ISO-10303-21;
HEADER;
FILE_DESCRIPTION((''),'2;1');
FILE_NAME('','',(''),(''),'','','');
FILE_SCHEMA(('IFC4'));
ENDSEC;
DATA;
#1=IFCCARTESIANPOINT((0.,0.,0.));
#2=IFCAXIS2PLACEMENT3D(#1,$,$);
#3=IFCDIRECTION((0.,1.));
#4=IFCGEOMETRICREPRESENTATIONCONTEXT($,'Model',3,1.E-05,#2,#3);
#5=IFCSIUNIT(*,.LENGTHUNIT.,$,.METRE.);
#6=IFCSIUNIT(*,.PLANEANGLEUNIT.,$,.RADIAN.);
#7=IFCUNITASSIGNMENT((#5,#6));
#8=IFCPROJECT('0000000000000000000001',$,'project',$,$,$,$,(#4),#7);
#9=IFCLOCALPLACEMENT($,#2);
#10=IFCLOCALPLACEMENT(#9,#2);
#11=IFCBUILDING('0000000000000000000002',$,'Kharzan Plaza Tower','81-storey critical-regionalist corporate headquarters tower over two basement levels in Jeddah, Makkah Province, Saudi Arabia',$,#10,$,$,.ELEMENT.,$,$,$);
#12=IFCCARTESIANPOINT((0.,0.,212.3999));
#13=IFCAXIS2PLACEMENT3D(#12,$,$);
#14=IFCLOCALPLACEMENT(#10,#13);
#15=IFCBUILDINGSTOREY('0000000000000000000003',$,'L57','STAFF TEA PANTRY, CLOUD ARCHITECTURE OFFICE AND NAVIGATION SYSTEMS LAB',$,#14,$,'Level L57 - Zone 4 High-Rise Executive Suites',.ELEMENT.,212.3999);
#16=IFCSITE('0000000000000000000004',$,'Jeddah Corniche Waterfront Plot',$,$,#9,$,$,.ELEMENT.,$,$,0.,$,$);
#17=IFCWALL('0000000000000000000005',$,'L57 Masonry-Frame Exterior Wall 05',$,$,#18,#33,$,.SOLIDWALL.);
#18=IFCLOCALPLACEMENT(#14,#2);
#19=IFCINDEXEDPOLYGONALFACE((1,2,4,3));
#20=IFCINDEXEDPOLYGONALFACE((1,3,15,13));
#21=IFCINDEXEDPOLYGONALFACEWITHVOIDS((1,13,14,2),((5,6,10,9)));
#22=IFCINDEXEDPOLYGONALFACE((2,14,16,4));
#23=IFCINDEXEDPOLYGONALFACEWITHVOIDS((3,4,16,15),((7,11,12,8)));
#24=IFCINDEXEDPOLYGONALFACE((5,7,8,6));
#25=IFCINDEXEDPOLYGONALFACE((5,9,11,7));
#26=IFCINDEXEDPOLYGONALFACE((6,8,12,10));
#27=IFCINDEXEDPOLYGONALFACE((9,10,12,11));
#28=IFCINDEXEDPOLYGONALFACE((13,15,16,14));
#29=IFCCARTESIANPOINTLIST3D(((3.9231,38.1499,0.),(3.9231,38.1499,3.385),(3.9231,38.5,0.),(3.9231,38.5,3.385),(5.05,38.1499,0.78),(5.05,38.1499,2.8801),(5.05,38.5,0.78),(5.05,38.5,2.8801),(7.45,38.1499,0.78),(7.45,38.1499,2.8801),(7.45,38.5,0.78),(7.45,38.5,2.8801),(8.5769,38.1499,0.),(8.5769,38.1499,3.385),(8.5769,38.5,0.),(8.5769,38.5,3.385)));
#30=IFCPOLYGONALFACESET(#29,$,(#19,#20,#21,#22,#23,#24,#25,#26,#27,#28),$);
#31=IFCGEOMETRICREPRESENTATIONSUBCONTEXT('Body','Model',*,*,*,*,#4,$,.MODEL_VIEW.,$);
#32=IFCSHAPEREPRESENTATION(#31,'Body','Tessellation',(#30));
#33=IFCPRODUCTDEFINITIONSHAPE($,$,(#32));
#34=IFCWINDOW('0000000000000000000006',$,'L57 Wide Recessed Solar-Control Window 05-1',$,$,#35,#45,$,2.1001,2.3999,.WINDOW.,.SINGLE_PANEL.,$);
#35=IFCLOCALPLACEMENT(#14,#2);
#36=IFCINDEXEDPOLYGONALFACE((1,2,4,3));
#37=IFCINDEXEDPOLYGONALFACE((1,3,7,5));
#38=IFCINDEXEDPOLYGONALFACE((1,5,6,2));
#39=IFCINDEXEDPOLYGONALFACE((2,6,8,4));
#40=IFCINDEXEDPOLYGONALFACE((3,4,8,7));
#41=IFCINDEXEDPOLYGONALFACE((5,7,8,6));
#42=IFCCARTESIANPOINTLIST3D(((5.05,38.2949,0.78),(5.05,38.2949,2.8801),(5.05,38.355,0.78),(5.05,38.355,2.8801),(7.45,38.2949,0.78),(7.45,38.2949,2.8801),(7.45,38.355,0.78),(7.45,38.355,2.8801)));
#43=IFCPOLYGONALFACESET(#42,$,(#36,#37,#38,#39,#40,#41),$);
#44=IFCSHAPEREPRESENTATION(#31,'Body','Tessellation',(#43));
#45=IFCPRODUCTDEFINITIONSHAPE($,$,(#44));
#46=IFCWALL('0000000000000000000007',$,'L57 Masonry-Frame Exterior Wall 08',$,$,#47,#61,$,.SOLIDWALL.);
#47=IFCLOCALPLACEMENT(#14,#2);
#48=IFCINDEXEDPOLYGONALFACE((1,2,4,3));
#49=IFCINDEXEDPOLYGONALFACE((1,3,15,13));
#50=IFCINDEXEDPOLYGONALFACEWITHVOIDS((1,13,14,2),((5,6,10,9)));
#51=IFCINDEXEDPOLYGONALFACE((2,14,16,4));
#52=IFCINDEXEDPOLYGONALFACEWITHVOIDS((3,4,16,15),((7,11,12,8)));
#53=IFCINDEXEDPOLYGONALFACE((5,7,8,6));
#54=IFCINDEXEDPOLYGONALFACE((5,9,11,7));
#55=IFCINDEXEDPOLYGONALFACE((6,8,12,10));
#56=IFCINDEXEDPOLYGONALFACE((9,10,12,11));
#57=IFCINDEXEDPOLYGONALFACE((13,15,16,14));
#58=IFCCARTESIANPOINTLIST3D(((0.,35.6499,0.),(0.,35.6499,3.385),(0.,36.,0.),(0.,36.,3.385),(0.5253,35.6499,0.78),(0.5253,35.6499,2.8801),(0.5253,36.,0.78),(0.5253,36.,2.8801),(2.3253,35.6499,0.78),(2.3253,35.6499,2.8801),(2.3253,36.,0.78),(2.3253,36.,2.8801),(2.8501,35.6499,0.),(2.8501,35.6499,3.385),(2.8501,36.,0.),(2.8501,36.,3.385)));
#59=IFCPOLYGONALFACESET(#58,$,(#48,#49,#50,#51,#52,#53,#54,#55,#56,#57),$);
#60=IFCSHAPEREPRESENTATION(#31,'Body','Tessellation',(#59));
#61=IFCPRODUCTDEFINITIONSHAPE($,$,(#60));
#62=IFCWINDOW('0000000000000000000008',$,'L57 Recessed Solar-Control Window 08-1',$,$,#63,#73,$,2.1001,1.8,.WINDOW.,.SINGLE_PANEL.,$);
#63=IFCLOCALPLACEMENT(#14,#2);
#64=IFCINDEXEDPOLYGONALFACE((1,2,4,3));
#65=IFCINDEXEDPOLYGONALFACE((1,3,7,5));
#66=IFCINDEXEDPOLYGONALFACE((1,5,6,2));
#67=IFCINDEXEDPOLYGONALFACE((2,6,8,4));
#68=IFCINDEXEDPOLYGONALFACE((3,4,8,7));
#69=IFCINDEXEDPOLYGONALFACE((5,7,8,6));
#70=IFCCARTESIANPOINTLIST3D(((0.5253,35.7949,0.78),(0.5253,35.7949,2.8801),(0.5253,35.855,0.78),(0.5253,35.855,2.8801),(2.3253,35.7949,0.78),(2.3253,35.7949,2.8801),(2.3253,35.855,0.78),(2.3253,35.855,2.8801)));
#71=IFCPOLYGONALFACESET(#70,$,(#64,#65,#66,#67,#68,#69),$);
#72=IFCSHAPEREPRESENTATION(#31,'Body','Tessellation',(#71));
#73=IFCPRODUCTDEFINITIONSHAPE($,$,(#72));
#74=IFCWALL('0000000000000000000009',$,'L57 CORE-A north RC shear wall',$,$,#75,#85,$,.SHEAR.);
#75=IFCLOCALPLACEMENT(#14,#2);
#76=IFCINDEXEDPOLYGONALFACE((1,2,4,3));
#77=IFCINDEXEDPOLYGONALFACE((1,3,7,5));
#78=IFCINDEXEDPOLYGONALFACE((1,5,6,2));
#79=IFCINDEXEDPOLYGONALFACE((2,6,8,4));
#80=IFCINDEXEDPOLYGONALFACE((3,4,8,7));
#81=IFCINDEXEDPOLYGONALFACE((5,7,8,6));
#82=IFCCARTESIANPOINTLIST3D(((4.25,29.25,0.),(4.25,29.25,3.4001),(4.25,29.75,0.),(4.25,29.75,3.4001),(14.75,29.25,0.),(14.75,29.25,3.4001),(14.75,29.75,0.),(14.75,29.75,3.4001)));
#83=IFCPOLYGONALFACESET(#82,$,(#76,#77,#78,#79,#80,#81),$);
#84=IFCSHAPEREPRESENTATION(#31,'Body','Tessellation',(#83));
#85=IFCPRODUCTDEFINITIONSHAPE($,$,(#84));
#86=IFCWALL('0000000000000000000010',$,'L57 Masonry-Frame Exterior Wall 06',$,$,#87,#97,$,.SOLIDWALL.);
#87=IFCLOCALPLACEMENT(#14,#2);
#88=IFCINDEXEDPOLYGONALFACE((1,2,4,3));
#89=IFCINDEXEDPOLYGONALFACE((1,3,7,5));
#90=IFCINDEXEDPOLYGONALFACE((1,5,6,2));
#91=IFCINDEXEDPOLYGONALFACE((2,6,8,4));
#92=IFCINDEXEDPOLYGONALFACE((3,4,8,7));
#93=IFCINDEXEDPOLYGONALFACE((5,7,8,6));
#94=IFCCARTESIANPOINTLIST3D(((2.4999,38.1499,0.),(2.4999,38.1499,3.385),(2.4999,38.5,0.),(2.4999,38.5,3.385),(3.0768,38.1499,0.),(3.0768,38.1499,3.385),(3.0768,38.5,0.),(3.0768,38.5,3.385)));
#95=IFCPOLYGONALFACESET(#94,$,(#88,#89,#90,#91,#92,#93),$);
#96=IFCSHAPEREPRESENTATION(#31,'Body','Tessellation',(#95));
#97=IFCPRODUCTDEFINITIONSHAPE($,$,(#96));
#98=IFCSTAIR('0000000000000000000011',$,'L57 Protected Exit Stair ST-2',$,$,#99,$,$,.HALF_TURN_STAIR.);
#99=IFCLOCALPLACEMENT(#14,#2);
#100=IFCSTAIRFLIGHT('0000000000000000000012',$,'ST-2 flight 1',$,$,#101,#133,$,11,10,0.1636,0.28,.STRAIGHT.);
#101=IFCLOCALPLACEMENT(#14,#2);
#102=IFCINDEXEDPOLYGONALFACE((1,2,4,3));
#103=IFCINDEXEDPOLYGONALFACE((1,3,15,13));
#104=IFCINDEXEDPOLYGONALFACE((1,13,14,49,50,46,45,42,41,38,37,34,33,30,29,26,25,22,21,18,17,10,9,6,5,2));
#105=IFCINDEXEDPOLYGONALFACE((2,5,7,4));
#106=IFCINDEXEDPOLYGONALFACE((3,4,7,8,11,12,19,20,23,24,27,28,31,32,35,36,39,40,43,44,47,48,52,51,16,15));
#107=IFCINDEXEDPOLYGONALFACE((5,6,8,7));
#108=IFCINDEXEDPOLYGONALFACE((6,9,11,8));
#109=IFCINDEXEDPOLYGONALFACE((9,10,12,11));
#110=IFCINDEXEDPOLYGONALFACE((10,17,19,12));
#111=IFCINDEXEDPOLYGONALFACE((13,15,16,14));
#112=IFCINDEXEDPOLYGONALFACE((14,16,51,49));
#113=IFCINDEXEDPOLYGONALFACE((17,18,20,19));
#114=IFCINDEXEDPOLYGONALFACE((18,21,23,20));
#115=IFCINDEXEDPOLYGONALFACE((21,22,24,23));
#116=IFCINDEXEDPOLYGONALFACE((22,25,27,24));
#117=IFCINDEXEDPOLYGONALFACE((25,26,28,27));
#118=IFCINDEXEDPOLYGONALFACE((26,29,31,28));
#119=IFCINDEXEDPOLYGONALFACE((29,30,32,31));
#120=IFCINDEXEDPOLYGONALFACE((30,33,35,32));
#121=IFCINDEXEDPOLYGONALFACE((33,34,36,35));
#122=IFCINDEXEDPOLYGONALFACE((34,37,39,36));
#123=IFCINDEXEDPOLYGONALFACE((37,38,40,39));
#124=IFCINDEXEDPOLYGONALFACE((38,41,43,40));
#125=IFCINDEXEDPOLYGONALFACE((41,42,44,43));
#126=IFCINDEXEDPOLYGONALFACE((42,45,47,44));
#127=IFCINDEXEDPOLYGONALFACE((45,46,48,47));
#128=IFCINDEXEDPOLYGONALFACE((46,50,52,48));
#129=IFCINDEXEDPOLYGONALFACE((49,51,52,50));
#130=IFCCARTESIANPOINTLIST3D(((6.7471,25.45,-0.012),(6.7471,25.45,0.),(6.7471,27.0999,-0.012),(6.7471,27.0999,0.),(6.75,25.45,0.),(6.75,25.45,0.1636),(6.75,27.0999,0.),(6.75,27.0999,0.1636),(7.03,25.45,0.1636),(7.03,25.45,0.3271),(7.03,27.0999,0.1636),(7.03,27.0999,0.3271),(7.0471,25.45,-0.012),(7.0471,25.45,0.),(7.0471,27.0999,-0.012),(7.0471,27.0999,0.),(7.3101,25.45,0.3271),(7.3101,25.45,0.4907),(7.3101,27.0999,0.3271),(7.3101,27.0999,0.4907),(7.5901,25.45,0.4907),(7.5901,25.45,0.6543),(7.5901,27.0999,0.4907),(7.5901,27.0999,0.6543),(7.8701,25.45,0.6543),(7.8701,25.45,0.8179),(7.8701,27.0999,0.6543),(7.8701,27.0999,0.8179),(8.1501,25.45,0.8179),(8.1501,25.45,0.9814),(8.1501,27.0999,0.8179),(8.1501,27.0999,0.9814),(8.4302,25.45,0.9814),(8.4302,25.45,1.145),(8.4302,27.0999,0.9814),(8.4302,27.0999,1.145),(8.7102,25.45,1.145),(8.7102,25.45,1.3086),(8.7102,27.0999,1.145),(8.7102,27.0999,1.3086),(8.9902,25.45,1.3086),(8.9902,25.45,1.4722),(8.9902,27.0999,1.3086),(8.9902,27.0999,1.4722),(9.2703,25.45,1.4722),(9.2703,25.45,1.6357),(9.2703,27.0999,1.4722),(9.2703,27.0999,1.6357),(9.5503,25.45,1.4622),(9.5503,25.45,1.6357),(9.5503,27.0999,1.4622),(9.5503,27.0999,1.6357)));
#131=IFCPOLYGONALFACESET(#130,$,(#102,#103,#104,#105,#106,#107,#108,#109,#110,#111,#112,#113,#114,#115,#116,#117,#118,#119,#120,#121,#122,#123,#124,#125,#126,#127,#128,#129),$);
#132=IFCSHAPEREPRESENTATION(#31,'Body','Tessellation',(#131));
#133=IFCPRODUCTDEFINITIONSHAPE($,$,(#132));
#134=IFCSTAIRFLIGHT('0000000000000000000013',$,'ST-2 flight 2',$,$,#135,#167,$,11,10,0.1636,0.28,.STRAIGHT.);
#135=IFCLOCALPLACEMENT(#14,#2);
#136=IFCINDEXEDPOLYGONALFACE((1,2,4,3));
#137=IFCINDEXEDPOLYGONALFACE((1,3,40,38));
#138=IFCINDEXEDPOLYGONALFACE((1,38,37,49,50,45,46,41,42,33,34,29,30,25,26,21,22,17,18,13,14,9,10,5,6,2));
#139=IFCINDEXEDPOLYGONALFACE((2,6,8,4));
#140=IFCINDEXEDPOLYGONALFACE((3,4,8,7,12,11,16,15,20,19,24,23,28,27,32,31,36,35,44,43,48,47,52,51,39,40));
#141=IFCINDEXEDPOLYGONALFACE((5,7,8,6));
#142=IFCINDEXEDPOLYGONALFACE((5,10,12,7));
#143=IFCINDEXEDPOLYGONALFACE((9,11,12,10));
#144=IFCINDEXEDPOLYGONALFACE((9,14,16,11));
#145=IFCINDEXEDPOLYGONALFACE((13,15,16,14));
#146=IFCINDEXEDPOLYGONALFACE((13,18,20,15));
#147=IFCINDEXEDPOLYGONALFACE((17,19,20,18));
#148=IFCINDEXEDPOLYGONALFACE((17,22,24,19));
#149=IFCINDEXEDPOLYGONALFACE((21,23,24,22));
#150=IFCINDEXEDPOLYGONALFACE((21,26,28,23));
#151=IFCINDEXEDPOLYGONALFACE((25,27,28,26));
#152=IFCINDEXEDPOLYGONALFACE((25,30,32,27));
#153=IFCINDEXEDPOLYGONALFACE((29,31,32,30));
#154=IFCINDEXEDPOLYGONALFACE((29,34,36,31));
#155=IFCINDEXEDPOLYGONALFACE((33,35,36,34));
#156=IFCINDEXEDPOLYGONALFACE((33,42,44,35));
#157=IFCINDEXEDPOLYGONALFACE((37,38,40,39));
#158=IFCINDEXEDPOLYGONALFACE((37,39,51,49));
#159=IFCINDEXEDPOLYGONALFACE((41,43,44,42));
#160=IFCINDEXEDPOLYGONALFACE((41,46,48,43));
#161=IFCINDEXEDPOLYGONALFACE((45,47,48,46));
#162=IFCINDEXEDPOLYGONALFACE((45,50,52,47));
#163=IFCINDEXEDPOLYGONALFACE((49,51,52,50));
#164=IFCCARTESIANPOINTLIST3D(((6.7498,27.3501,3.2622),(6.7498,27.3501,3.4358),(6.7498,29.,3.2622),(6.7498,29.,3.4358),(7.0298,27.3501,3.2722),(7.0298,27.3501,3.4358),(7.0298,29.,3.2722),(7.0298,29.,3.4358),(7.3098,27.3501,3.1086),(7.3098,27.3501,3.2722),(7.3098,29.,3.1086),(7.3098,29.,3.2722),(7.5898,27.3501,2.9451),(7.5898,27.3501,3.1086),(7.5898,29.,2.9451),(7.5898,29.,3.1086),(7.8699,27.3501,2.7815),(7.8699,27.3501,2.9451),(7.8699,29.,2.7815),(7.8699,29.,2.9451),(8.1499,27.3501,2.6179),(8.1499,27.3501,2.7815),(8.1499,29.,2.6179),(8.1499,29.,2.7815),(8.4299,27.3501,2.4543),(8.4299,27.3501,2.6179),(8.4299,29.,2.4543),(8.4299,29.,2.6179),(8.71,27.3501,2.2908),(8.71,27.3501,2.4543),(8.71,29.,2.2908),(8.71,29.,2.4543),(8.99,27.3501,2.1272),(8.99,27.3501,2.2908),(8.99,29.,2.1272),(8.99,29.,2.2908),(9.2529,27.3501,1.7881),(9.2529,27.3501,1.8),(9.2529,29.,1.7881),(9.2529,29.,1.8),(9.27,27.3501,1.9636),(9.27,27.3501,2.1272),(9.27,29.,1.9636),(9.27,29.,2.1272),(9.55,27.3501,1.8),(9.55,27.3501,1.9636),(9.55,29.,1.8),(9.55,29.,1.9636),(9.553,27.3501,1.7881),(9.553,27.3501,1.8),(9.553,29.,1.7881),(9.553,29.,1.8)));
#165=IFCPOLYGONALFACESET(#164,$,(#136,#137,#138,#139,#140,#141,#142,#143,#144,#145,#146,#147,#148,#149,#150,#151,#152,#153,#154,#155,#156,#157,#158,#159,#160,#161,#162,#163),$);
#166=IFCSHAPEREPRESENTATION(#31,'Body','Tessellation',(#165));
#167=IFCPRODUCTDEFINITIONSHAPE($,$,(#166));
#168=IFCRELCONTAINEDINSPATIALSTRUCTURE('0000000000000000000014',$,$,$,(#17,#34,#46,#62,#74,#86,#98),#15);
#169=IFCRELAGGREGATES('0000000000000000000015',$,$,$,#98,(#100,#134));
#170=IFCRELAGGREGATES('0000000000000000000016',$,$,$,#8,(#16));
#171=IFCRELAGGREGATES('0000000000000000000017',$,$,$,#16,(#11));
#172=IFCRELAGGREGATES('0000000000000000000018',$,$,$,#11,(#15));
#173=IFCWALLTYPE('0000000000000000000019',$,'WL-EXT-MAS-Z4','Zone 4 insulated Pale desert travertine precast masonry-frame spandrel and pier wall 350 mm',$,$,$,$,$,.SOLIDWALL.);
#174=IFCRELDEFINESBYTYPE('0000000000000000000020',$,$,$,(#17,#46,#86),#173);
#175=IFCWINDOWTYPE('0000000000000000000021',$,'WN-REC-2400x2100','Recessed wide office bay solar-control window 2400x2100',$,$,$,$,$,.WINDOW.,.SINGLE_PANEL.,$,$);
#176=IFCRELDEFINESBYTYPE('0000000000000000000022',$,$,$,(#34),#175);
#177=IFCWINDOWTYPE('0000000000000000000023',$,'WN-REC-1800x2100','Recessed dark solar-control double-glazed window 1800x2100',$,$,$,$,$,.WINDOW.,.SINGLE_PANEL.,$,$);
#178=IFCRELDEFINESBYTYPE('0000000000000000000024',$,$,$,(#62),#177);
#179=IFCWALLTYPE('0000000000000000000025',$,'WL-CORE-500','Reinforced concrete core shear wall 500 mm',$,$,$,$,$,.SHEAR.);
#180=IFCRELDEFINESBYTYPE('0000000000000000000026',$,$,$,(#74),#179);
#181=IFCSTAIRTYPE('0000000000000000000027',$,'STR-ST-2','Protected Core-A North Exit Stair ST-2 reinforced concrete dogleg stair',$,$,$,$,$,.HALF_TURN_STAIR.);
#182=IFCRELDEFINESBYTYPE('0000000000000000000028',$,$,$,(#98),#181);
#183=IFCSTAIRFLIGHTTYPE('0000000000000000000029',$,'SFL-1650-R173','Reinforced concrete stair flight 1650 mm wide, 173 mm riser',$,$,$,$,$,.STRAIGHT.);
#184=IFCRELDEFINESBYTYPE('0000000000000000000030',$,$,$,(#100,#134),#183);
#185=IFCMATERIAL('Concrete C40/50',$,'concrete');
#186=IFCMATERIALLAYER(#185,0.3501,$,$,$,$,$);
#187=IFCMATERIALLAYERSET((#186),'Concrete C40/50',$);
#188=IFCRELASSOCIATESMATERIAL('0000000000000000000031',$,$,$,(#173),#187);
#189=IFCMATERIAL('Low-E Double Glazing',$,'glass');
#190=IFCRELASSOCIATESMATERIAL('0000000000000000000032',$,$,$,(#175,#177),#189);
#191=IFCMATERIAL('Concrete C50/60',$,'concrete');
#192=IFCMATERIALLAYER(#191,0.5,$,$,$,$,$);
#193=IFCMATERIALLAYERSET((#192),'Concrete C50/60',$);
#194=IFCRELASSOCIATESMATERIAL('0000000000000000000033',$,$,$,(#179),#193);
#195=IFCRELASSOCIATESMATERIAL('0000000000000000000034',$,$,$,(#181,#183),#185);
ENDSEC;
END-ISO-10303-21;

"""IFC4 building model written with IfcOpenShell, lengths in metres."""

from ifc_helpers import new_model, si_unit, direction, frame, frame_2d, origin, place, context, subcontext, project, spatial, polyline, rectangle, outline, extrude, source, transform, mapped, material, layer, layer_set, type_object, element, fill, aggregate, save


model = new_model("IFC4")

# Units and contexts
model_context = context("Model", 3, precision=1e-05, world=origin(), true_north=direction((0.0, 1.0)))
body_context = subcontext(model_context, "Body", "Model", "MODEL_VIEW")
ifc_project = project(units=[si_unit("LENGTHUNIT", "METRE"), si_unit("PLANEANGLEUNIT", "RADIAN")], contexts=[model_context])

# Site, building, storey
site_placement = place(None, origin())
site = spatial("IfcSite", under=ifc_project, at=site_placement, Name="Jeddah Corniche Waterfront Plot", CompositionType="ELEMENT", RefElevation=0.0)
building_placement = place(site_placement, origin())
building = spatial("IfcBuilding", under=site, at=building_placement, Name="Kharzan Plaza Tower", Description="81-storey critical-regionalist corporate headquarters tower over two basement levels in Jeddah, Makkah Province, Saudi Arabia", CompositionType="ELEMENT")
storey_placement = place(building_placement, frame((0.0, 0.0, 212.3999)))
storey = spatial("IfcBuildingStorey", under=building, at=storey_placement, Name="L57", Description="STAFF TEA PANTRY, CLOUD ARCHITECTURE OFFICE AND NAVIGATION SYSTEMS LAB", LongName="Level L57 - Zone 4 High-Rise Executive Suites", CompositionType="ELEMENT", Elevation=212.3999)

# Shared definitions
ifc_material_1 = material(Name="Concrete C50/60", Category="concrete")

# Shared definitions
ifc_material_2 = material(Name="Concrete C40/50", Category="concrete")
ifc_layer_1 = layer(ifc_material_2, 0.3501)
ifc_layer_set_1 = layer_set([ifc_layer_1], Name="Concrete C40/50")
wall_type_1 = type_object("IfcWallType", Name="WL-EXT-MAS-Z4", Description="Zone 4 insulated Pale desert travertine precast masonry-frame spandrel and pier wall 350 mm", PredefinedType="SOLIDWALL", material=ifc_layer_set_1)

# Walls, openings, windows
wall_1_placement = place(storey_placement, frame((8.5769, 38.325, 0.0), z_axis=(0.0, 0.0, 1.0), x_axis=(-1.0, 0.0, 0.0)))
wall_1 = element("IfcWall", 1, at=wall_1_placement, inside=storey, type_object=wall_type_1, Name="L57 Masonry-Frame Exterior Wall 05", PredefinedType="SOLIDWALL", context=body_context, shape_type="SweptSolid", body=[
    extrude(rectangle(XDim=4.6538, YDim=0.3501, at=frame_2d((2.3269, 0.0))), origin(), (0.0, 0.0, 1.0), 3.385),
])
opening_1_placement = place(wall_1_placement, frame((1.127, 0.0, 0.78)))
opening_1 = element("IfcOpeningElement", 2, at=opening_1_placement, cuts=wall_1, PredefinedType="OPENING", context=body_context, shape_type="SweptSolid", body=[
    extrude(rectangle(XDim=2.3999, YDim=2.1001, at=frame_2d((1.2, 1.05))), frame((0.0, 0.1851, 0.0), z_axis=(0.0, -1.0, 0.0), x_axis=(1.0, 0.0, 0.0)), (0.0, 0.0, 1.0), 0.3701),
])
ifc_material_3 = material(Name="Low-E Double Glazing", Category="glass")
window_type_1 = type_object("IfcWindowType", Name="WN-REC-2400x2100", Description="Recessed wide office bay solar-control window 2400x2100", PartitioningType="SINGLE_PANEL", PredefinedType="WINDOW", material=ifc_material_3)
shared_shape_1 = source(origin(), body_context, "Body", "SweptSolid", [
    extrude(rectangle(XDim=2.3999, YDim=2.1001, at=frame_2d((1.2, 1.05))), frame((0.0, 0.03, 0.0), z_axis=(0.0, -1.0, 0.0), x_axis=(1.0, 0.0, 0.0)), (0.0, 0.0, 1.0), 0.0601),
])
window_1_placement = place(opening_1_placement, origin())
window_1 = element("IfcWindow", 3, at=window_1_placement, inside=storey, type_object=window_type_1, Name="L57 Wide Recessed Solar-Control Window 05-1", OverallHeight=2.1001, OverallWidth=2.3999, PartitioningType="SINGLE_PANEL", PredefinedType="WINDOW", context=body_context, shape_type="MappedRepresentation", body=[
    mapped(shared_shape_1, transform((0.0, 0.0, 0.0), x_axis=(1.0, 0.0, 0.0), y_axis=(0.0, 1.0, 0.0), z_axis=(0.0, 0.0, 1.0))),
])
fill(opening_1, window_1)
wall_2_placement = place(storey_placement, frame((2.8501, 35.825, 0.0), z_axis=(0.0, 0.0, 1.0), x_axis=(-1.0, 0.0, 0.0)))
wall_2 = element("IfcWall", 4, at=wall_2_placement, inside=storey, type_object=wall_type_1, Name="L57 Masonry-Frame Exterior Wall 08", PredefinedType="SOLIDWALL", context=body_context, shape_type="SweptSolid", body=[
    extrude(rectangle(XDim=2.8501, YDim=0.3501, at=frame_2d((1.425, 0.0))), origin(), (0.0, 0.0, 1.0), 3.385),
])
opening_2_placement = place(wall_2_placement, frame((0.5249, 0.0, 0.78)))
opening_2 = element("IfcOpeningElement", 5, at=opening_2_placement, cuts=wall_2, PredefinedType="OPENING", context=body_context, shape_type="SweptSolid", body=[
    extrude(rectangle(XDim=1.8, YDim=2.1001, at=frame_2d((0.8999, 1.05))), frame((0.0, 0.1851, 0.0), z_axis=(0.0, -1.0, 0.0), x_axis=(1.0, 0.0, 0.0)), (0.0, 0.0, 1.0), 0.3701),
])
window_type_2 = type_object("IfcWindowType", Name="WN-REC-1800x2100", Description="Recessed dark solar-control double-glazed window 1800x2100", PartitioningType="SINGLE_PANEL", PredefinedType="WINDOW", material=ifc_material_3)
shared_shape_2 = source(origin(), body_context, "Body", "SweptSolid", [
    extrude(rectangle(XDim=1.8, YDim=2.1001, at=frame_2d((0.8999, 1.05))), frame((0.0, 0.03, 0.0), z_axis=(0.0, -1.0, 0.0), x_axis=(1.0, 0.0, 0.0)), (0.0, 0.0, 1.0), 0.0601),
])
window_2_placement = place(opening_2_placement, origin())
window_2 = element("IfcWindow", 6, at=window_2_placement, inside=storey, type_object=window_type_2, Name="L57 Recessed Solar-Control Window 08-1", OverallHeight=2.1001, OverallWidth=1.8, PartitioningType="SINGLE_PANEL", PredefinedType="WINDOW", context=body_context, shape_type="MappedRepresentation", body=[
    mapped(shared_shape_2, transform((0.0, 0.0, 0.0), x_axis=(1.0, 0.0, 0.0), y_axis=(0.0, 1.0, 0.0), z_axis=(0.0, 0.0, 1.0))),
])
fill(opening_2, window_2)

# Walls
ifc_layer_2 = layer(ifc_material_1, 0.5)
ifc_layer_set_2 = layer_set([ifc_layer_2], Name="Concrete C50/60")
wall_type_2 = type_object("IfcWallType", Name="WL-CORE-500", Description="Reinforced concrete core shear wall 500 mm", PredefinedType="SHEAR", material=ifc_layer_set_2)
shared_shape_3 = source(origin(), body_context, "Body", "SweptSolid", [
    extrude(rectangle(XDim=10.5, YDim=0.5, at=frame_2d((5.25, 0.0))), origin(), (0.0, 0.0, 1.0), 3.4001),
])
wall_3_placement = place(storey_placement, frame((4.25, 29.5, 0.0), z_axis=(0.0, 0.0, 1.0), x_axis=(1.0, 0.0, 0.0)))
element("IfcWall", 7, at=wall_3_placement, inside=storey, type_object=wall_type_2, Name="L57 CORE-A north RC shear wall", PredefinedType="SHEAR", context=body_context, shape_type="MappedRepresentation", body=[
    mapped(shared_shape_3, transform((0.0, 0.0, 0.0), x_axis=(1.0, 0.0, 0.0), y_axis=(0.0, 1.0, 0.0), z_axis=(0.0, 0.0, 1.0))),
])
shared_shape_4 = source(origin(), body_context, "Body", "SweptSolid", [
    extrude(rectangle(XDim=0.5769, YDim=0.3501, at=frame_2d((0.2886, 0.0))), origin(), (0.0, 0.0, 1.0), 3.385),
])
wall_4_placement = place(storey_placement, frame((3.0769, 38.325, 0.0), z_axis=(0.0, 0.0, 1.0), x_axis=(-1.0, 0.0, 0.0)))
element("IfcWall", 8, at=wall_4_placement, inside=storey, type_object=wall_type_1, Name="L57 Masonry-Frame Exterior Wall 06", PredefinedType="SOLIDWALL", context=body_context, shape_type="MappedRepresentation", body=[
    mapped(shared_shape_4, transform((0.0, 0.0, 0.0), x_axis=(1.0, 0.0, 0.0), y_axis=(0.0, 1.0, 0.0), z_axis=(0.0, 0.0, 1.0))),
])

# Stair, stair flights
stair_type = type_object("IfcStairType", Name="STR-ST-2", Description="Protected Core-A North Exit Stair ST-2 reinforced concrete dogleg stair", PredefinedType="HALF_TURN_STAIR", material=ifc_material_2)
stair_placement = place(storey_placement, origin())
stair = element("IfcStair", 9, at=stair_placement, inside=storey, type_object=stair_type, Name="L57 Protected Exit Stair ST-2", PredefinedType="HALF_TURN_STAIR")
stair_flight_type = type_object("IfcStairFlightType", Name="SFL-1650-R173", Description="Reinforced concrete stair flight 1650 mm wide, 173 mm riser", PredefinedType="STRAIGHT", material=ifc_material_2)
shared_shape_5 = source(origin(), body_context, "Body", "SweptSolid", [
    extrude(outline(polyline([(-0.0029, -0.012), (-0.0029, 0.0), (0.0, 0.0), (0.0, 0.1636), (0.28, 0.1636), (0.28, 0.3271), (0.5601, 0.3271), (0.5601, 0.4907), (0.8401, 0.4907), (0.8401, 0.6543), (1.1201, 0.6543), (1.1201, 0.8179), (1.4001, 0.8179), (1.4001, 0.9814), (1.6802, 0.9814), (1.6802, 1.145), (1.9602, 1.145), (1.9602, 1.3086), (2.2402, 1.3086), (2.2402, 1.4722), (2.5203, 1.4722), (2.5203, 1.6357), (2.8003, 1.6357), (2.8003, 1.7993), (2.8003, 1.4622), (0.2971, 0.0), (0.2971, -0.012), (-0.0029, -0.012)])), frame((0.0, 0.825, 0.0), z_axis=(0.0, -1.0, 0.0), x_axis=(1.0, 0.0, 0.0)), (0.0, 0.0, 1.0), 1.6499),
])
stair_flight_1_placement = place(storey_placement, frame((6.75, 26.2749, 0.0), z_axis=(0.0, 0.0, 1.0), x_axis=(1.0, 0.0, 0.0)))
stair_flight_1 = element("IfcStairFlight", 10, at=stair_flight_1_placement, type_object=stair_flight_type, Name="ST-2 flight 1", NumberOfRisers=11, NumberOfTreads=10, PredefinedType="STRAIGHT", RiserHeight=0.1636, TreadLength=0.28, context=body_context, shape_type="MappedRepresentation", body=[
    mapped(shared_shape_5, transform((0.0, 0.0, 0.0), x_axis=(1.0, 0.0, 0.0), y_axis=(0.0, 1.0, 0.0), z_axis=(0.0, 0.0, 1.0))),
])
stair_flight_2_placement = place(storey_placement, frame((9.55, 28.175, 1.8), z_axis=(0.0, 0.0, 1.0), x_axis=(-1.0, 0.0, 0.0)))
stair_flight_2 = element("IfcStairFlight", 11, at=stair_flight_2_placement, type_object=stair_flight_type, Name="ST-2 flight 2", NumberOfRisers=11, NumberOfTreads=10, PredefinedType="STRAIGHT", RiserHeight=0.1636, TreadLength=0.28, context=body_context, shape_type="MappedRepresentation", body=[
    mapped(shared_shape_5, transform((0.0, 0.0, 0.0), x_axis=(1.0, 0.0, 0.0), y_axis=(0.0, 1.0, 0.0), z_axis=(0.0, 0.0, 1.0))),
])
aggregate(stair, [stair_flight_1, stair_flight_2])

save(model, "model.ifc")
